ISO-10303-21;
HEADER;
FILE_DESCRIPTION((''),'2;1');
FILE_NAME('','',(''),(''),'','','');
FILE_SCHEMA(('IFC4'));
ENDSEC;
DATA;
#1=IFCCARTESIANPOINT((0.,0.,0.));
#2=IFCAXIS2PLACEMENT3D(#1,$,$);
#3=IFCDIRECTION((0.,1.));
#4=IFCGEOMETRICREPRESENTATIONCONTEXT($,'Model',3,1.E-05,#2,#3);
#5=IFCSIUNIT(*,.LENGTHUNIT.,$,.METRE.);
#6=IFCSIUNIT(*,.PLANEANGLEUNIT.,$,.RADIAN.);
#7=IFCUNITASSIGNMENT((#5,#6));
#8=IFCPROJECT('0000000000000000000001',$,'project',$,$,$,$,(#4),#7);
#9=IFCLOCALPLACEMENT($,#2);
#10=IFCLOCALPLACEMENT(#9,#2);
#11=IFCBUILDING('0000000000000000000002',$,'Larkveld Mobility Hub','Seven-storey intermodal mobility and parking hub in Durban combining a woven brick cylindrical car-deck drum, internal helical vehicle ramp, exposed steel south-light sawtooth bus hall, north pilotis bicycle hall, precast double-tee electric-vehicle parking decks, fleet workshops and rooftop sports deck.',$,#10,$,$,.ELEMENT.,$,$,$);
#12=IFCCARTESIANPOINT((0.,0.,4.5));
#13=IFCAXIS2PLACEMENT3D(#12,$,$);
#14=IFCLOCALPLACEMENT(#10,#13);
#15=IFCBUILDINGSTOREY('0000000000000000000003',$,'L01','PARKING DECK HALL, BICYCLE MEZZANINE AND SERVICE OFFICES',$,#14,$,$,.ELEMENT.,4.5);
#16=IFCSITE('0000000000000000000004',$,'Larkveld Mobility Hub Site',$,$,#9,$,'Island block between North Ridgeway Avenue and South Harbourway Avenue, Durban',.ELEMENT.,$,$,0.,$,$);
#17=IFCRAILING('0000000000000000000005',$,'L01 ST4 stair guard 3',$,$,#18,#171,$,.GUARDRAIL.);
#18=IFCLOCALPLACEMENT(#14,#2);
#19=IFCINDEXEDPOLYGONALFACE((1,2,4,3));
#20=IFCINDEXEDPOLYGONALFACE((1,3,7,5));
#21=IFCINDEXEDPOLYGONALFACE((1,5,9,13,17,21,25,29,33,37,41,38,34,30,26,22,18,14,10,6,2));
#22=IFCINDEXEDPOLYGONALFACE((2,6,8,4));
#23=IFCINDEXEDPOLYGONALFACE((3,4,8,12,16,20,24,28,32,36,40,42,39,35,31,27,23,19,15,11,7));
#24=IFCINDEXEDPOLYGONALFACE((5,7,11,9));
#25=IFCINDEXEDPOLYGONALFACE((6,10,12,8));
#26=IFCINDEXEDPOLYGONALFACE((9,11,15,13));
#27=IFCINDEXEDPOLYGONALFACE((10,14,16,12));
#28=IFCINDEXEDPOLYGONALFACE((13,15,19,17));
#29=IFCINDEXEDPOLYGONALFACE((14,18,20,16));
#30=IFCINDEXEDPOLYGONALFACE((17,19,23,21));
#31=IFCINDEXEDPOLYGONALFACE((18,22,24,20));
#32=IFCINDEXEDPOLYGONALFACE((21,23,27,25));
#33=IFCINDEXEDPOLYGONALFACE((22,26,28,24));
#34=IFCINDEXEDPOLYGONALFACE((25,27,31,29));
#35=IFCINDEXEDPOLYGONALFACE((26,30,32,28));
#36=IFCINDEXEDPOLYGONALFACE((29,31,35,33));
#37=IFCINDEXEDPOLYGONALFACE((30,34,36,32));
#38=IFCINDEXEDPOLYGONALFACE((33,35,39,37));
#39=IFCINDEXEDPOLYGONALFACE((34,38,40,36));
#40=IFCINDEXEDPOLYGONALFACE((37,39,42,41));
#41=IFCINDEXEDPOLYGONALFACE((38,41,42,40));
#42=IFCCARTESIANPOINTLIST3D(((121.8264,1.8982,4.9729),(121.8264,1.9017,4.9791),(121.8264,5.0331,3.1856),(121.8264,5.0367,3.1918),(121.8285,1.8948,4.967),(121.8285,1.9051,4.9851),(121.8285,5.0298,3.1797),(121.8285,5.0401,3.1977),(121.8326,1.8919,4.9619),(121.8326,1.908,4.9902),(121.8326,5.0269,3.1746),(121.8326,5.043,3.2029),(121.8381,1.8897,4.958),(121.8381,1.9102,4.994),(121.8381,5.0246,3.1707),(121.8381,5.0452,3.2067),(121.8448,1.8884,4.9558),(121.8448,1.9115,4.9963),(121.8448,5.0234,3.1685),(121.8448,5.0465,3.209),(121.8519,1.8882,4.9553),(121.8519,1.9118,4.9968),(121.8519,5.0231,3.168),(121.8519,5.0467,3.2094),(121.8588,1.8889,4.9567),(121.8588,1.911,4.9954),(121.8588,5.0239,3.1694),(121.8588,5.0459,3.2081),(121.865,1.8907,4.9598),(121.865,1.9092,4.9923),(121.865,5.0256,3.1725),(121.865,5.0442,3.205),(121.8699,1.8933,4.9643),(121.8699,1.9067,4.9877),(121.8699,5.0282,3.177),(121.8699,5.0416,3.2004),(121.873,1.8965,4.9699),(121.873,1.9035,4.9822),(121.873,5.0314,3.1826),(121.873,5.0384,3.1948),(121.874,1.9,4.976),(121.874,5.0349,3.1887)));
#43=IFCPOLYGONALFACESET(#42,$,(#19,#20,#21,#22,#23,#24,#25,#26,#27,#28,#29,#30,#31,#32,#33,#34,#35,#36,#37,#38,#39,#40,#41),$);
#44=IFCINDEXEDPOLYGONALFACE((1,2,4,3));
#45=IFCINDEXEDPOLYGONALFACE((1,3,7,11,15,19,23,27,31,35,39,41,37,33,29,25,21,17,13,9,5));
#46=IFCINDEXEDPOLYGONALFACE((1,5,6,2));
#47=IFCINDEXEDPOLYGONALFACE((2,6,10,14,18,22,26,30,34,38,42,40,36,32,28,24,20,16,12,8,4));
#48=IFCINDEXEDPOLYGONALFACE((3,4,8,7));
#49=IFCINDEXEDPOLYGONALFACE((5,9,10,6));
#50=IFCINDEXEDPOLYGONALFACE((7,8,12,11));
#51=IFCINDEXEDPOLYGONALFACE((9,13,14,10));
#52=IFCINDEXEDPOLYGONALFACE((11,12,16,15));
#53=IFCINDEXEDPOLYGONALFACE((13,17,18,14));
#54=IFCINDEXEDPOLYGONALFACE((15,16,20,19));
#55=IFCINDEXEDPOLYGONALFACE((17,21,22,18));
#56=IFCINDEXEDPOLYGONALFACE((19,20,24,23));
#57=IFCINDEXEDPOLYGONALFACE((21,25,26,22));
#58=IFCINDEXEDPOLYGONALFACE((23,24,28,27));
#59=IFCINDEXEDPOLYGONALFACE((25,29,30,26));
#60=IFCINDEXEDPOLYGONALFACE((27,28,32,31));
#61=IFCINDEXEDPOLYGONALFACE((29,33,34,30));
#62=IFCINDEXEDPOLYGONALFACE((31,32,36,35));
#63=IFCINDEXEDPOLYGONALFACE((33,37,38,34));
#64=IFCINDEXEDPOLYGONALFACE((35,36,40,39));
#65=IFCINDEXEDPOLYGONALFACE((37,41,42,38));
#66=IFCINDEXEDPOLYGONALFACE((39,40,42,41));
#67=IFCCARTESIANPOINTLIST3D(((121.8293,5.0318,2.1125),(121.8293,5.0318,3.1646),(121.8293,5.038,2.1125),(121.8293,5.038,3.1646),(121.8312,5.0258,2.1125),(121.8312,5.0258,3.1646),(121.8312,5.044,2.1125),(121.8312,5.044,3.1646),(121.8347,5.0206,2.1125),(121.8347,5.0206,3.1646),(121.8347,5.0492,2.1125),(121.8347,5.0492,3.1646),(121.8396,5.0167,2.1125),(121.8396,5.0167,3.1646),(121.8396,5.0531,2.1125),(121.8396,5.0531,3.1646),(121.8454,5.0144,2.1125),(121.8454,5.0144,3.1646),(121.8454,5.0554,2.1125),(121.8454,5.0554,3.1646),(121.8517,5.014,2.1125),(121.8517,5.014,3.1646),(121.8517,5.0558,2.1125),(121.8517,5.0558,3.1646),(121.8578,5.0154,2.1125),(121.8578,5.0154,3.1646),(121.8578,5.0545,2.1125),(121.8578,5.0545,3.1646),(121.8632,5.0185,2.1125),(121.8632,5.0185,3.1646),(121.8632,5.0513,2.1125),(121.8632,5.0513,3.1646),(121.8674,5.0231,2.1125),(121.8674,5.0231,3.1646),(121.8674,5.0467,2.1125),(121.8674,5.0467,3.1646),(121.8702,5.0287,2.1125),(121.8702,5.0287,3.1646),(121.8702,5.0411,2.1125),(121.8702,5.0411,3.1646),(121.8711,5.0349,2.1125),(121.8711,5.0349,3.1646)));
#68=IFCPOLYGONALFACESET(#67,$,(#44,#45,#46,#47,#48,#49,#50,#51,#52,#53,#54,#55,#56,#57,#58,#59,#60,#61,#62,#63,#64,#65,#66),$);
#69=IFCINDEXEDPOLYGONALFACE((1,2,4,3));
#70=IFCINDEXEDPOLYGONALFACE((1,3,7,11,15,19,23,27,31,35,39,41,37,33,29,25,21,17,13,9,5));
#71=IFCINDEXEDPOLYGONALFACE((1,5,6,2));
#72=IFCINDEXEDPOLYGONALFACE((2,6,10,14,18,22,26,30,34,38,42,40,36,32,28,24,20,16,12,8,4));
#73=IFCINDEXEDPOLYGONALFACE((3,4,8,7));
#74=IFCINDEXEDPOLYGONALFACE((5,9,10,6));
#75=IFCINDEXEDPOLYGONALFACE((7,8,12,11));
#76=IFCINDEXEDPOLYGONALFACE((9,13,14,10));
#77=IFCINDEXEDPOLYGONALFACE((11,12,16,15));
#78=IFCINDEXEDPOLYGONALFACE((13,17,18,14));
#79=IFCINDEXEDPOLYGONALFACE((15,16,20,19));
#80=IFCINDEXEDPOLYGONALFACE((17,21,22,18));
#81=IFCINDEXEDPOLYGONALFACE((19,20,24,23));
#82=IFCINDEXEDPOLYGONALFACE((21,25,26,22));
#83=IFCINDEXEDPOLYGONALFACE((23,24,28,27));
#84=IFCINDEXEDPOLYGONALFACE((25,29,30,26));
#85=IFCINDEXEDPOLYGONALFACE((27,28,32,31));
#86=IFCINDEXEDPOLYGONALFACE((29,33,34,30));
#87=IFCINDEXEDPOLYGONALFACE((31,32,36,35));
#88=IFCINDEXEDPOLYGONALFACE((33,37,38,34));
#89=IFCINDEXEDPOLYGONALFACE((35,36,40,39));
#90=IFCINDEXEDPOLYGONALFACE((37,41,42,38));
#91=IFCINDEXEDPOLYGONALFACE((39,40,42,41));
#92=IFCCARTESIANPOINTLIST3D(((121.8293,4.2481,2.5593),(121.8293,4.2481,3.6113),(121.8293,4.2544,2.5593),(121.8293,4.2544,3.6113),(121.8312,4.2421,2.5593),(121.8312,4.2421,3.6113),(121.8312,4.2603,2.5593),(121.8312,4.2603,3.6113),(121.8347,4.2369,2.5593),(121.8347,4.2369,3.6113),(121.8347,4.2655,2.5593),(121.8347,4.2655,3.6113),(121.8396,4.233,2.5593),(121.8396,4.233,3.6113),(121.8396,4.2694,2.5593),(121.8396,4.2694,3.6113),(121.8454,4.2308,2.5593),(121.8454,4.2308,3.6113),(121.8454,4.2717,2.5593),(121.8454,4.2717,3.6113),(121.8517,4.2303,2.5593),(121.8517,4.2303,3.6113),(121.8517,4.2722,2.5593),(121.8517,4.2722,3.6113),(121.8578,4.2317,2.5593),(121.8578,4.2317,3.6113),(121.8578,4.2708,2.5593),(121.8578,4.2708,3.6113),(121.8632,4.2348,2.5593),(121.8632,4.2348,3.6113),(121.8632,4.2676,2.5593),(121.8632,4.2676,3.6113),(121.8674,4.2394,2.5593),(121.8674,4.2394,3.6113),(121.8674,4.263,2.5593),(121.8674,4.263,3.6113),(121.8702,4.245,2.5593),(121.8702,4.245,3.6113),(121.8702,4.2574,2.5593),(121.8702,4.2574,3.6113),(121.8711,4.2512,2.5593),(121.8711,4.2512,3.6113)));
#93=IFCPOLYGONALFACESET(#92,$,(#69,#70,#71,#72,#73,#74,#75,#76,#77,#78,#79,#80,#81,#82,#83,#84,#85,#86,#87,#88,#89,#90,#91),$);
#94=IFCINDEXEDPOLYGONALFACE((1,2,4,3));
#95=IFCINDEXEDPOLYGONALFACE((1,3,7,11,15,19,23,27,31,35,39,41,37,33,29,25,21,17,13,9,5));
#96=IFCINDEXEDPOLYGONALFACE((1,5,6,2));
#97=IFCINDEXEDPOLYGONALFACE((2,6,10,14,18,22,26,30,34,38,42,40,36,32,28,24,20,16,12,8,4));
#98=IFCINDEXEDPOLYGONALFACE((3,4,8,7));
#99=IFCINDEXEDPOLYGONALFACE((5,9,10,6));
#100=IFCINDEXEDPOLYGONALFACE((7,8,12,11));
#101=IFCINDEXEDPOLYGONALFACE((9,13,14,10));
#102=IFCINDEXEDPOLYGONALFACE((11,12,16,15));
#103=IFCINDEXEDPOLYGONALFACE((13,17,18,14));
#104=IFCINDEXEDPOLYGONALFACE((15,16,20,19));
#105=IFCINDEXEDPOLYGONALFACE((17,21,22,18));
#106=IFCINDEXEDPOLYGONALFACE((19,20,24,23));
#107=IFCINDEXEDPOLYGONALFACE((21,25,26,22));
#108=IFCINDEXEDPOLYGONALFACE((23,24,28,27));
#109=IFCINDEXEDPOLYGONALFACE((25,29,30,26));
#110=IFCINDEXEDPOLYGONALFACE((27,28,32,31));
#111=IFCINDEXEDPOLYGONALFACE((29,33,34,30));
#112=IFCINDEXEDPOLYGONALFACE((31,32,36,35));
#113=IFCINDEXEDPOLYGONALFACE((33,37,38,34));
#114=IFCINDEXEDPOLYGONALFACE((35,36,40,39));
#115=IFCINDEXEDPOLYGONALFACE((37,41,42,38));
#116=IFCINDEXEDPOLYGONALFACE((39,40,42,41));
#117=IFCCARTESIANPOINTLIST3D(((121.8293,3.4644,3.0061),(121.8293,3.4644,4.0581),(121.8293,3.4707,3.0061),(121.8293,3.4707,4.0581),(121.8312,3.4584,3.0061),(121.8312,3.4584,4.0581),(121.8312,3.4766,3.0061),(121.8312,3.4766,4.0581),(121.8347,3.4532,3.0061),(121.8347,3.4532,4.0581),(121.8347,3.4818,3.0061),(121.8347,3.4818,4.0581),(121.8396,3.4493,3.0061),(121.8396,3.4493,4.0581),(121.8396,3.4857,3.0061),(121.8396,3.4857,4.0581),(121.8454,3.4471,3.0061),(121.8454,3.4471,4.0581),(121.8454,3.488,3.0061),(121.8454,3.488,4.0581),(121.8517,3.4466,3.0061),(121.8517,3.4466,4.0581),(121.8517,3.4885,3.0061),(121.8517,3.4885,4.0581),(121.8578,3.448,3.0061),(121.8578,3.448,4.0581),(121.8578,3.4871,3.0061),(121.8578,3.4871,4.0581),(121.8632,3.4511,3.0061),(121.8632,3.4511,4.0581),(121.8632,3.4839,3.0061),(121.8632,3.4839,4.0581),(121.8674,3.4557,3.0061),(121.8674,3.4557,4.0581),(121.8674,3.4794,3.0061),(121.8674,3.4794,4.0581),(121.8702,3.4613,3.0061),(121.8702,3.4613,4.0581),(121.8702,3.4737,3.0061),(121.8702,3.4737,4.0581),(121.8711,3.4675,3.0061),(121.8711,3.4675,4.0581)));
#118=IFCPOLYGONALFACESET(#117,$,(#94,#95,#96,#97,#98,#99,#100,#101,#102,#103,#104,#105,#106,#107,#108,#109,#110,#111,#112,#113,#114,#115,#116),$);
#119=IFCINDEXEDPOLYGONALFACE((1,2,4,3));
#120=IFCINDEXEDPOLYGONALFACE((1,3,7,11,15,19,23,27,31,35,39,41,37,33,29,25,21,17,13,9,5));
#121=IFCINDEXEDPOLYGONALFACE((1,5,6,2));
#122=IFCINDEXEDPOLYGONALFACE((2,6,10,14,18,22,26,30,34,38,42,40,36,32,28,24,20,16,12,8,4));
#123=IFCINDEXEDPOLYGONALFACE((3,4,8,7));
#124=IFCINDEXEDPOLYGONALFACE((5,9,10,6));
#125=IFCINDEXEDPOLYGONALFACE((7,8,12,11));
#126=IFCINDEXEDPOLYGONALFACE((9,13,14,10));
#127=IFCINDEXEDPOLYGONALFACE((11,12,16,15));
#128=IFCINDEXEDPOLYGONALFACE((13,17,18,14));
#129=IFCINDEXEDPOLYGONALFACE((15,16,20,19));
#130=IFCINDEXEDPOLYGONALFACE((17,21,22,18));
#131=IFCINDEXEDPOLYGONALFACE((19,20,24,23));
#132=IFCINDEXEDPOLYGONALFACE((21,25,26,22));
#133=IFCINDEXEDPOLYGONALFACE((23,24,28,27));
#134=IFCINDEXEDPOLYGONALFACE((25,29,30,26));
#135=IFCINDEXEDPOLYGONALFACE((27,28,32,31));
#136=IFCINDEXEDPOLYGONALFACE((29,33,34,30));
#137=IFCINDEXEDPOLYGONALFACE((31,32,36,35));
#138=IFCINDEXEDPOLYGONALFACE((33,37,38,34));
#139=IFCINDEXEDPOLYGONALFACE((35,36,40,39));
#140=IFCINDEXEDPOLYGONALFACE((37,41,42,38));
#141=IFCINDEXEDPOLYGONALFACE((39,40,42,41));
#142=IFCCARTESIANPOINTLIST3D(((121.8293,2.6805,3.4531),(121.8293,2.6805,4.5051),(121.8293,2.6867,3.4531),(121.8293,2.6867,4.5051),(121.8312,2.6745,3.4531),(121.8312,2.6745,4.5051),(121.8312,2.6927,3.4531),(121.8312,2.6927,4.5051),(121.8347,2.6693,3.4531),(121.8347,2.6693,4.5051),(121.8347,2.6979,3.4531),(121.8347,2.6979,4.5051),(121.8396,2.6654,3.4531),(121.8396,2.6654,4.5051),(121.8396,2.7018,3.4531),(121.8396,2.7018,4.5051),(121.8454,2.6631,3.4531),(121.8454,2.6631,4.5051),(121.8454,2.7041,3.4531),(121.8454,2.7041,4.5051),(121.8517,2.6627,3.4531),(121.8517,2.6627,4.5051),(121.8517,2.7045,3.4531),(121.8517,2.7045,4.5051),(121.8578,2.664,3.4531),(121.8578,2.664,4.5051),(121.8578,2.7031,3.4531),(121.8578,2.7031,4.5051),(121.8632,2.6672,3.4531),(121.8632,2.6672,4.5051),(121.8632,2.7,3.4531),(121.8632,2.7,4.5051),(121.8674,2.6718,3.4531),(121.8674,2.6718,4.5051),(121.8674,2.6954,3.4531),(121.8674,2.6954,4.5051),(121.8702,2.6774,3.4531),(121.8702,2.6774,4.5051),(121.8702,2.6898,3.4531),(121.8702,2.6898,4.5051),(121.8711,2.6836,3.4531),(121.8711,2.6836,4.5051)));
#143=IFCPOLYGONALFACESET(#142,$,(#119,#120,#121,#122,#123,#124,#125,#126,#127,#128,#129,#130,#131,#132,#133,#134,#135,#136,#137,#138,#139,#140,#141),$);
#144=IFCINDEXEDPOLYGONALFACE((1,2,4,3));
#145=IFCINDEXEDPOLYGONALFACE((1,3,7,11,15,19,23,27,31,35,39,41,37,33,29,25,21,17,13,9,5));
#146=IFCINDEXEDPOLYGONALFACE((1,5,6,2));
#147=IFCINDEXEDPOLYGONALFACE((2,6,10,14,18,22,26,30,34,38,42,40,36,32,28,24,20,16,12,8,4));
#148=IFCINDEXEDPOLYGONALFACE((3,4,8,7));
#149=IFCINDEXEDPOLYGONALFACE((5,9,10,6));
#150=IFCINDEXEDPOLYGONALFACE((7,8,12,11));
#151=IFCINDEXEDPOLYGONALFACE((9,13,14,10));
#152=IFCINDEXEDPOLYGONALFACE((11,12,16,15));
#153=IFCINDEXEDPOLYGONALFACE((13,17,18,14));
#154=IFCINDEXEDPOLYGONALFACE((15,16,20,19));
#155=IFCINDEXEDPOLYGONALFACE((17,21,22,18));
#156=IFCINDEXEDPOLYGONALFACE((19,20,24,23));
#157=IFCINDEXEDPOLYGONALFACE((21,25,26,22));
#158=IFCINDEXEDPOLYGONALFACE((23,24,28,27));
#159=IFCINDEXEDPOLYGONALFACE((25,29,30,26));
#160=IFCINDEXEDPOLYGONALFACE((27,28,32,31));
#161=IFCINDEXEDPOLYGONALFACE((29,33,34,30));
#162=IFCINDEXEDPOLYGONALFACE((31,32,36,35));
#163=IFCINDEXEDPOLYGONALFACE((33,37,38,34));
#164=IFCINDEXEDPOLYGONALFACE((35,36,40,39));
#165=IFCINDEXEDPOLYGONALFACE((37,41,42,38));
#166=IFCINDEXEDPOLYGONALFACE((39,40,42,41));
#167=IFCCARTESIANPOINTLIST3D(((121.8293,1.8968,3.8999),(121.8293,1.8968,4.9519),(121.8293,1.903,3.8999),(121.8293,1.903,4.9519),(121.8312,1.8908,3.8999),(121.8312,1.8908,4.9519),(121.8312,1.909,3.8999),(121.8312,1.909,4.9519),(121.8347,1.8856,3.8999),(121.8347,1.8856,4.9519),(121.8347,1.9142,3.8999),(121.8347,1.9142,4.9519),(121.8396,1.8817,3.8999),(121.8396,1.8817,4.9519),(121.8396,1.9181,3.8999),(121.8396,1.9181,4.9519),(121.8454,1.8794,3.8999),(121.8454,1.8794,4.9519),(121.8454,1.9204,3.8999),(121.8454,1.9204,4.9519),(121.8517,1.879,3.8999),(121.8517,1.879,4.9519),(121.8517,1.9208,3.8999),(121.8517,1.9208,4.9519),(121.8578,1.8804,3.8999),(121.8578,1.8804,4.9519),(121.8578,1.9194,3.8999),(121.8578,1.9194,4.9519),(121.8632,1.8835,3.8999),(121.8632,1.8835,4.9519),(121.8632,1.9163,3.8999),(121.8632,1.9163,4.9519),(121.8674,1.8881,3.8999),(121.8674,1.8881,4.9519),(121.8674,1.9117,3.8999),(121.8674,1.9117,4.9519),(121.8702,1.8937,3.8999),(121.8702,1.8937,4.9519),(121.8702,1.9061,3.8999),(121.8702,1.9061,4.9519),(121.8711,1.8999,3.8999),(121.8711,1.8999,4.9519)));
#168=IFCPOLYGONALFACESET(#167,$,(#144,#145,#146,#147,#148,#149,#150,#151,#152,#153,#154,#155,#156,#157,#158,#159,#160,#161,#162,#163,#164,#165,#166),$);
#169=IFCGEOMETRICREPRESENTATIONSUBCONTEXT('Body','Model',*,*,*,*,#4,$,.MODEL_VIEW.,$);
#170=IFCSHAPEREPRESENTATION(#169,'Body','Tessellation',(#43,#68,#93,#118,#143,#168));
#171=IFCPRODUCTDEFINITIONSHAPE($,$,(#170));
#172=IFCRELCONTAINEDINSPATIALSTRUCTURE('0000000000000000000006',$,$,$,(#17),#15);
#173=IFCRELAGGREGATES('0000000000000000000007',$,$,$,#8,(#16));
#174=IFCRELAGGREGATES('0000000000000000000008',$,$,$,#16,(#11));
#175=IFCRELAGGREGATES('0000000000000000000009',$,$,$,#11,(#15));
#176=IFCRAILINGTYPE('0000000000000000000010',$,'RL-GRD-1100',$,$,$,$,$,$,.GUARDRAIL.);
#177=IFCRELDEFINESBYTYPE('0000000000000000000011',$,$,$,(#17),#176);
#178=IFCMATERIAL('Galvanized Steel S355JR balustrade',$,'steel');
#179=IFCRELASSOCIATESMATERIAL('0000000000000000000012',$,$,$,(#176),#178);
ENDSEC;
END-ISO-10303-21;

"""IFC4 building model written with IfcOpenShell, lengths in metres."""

from ifc_helpers import new_model, si_unit, direction, frame, origin, origin_2d, place, context, subcontext, project, spatial, circle, extrude, material, type_object, element, save


model = new_model("IFC4")

# Units and contexts
model_context = context("Model", 3, precision=1e-05, world=origin(), true_north=direction((0.0, 1.0)))
body_context = subcontext(model_context, "Body", "Model", "MODEL_VIEW")
ifc_project = project(units=[si_unit("LENGTHUNIT", "METRE"), si_unit("PLANEANGLEUNIT", "RADIAN")], contexts=[model_context])

# Site, building, storey
site_placement = place(None, origin())
site = spatial("IfcSite", under=ifc_project, at=site_placement, Name="Larkveld Mobility Hub Site", LongName="Island block between North Ridgeway Avenue and South Harbourway Avenue, Durban", CompositionType="ELEMENT", RefElevation=0.0)
building_placement = place(site_placement, origin())
building = spatial("IfcBuilding", under=site, at=building_placement, Name="Larkveld Mobility Hub", Description="Seven-storey intermodal mobility and parking hub in Durban combining a woven brick cylindrical car-deck drum, internal helical vehicle ramp, exposed steel south-light sawtooth bus hall, north pilotis bicycle hall, precast double-tee electric-vehicle parking decks, fleet workshops and rooftop sports deck.", CompositionType="ELEMENT")
storey_placement = place(building_placement, frame((0.0, 0.0, 4.5)))
storey = spatial("IfcBuildingStorey", under=building, at=storey_placement, Name="L01", Description="PARKING DECK HALL, BICYCLE MEZZANINE AND SERVICE OFFICES", CompositionType="ELEMENT", Elevation=4.5)

# Railing
ifc_material_1 = material(Name="Galvanized Steel S355JR balustrade", Category="steel")
railing_type_1 = type_object("IfcRailingType", Name="RL-GRD-1100", PredefinedType="GUARDRAIL", material=ifc_material_1)
railing_1_placement = place(storey_placement, frame((121.8501, 5.0349, 2.1125)))
element("IfcRailing", 1, at=railing_1_placement, inside=storey, type_object=railing_type_1, Name="L01 ST4 stair guard 3", PredefinedType="GUARDRAIL", context=body_context, shape_type="SweptSolid", body=[
    extrude(circle(Radius=0.0239, at=origin_2d()), frame((0.0, 0.0, 1.0762), z_axis=(0.0, -0.86873, 0.495286), x_axis=(1.0, 0.0, 0.0)), (0.0, 0.0, 1.0), 3.6086),
    extrude(circle(Radius=0.021, at=origin_2d()), origin(), (0.0, 0.0, 1.0), 1.052),
    extrude(circle(Radius=0.021, at=origin_2d()), frame((0.0, -0.7837, 0.4468)), (0.0, 0.0, 1.0), 1.052),
    extrude(circle(Radius=0.021, at=origin_2d()), frame((0.0, -1.5674, 0.8936)), (0.0, 0.0, 1.0), 1.052),
    extrude(circle(Radius=0.021, at=origin_2d()), frame((0.0, -2.3513, 1.3406)), (0.0, 0.0, 1.0), 1.052),
    extrude(circle(Radius=0.021, at=origin_2d()), frame((0.0, -3.135, 1.7874)), (0.0, 0.0, 1.0), 1.052),
])

save(model, "model.ifc")
